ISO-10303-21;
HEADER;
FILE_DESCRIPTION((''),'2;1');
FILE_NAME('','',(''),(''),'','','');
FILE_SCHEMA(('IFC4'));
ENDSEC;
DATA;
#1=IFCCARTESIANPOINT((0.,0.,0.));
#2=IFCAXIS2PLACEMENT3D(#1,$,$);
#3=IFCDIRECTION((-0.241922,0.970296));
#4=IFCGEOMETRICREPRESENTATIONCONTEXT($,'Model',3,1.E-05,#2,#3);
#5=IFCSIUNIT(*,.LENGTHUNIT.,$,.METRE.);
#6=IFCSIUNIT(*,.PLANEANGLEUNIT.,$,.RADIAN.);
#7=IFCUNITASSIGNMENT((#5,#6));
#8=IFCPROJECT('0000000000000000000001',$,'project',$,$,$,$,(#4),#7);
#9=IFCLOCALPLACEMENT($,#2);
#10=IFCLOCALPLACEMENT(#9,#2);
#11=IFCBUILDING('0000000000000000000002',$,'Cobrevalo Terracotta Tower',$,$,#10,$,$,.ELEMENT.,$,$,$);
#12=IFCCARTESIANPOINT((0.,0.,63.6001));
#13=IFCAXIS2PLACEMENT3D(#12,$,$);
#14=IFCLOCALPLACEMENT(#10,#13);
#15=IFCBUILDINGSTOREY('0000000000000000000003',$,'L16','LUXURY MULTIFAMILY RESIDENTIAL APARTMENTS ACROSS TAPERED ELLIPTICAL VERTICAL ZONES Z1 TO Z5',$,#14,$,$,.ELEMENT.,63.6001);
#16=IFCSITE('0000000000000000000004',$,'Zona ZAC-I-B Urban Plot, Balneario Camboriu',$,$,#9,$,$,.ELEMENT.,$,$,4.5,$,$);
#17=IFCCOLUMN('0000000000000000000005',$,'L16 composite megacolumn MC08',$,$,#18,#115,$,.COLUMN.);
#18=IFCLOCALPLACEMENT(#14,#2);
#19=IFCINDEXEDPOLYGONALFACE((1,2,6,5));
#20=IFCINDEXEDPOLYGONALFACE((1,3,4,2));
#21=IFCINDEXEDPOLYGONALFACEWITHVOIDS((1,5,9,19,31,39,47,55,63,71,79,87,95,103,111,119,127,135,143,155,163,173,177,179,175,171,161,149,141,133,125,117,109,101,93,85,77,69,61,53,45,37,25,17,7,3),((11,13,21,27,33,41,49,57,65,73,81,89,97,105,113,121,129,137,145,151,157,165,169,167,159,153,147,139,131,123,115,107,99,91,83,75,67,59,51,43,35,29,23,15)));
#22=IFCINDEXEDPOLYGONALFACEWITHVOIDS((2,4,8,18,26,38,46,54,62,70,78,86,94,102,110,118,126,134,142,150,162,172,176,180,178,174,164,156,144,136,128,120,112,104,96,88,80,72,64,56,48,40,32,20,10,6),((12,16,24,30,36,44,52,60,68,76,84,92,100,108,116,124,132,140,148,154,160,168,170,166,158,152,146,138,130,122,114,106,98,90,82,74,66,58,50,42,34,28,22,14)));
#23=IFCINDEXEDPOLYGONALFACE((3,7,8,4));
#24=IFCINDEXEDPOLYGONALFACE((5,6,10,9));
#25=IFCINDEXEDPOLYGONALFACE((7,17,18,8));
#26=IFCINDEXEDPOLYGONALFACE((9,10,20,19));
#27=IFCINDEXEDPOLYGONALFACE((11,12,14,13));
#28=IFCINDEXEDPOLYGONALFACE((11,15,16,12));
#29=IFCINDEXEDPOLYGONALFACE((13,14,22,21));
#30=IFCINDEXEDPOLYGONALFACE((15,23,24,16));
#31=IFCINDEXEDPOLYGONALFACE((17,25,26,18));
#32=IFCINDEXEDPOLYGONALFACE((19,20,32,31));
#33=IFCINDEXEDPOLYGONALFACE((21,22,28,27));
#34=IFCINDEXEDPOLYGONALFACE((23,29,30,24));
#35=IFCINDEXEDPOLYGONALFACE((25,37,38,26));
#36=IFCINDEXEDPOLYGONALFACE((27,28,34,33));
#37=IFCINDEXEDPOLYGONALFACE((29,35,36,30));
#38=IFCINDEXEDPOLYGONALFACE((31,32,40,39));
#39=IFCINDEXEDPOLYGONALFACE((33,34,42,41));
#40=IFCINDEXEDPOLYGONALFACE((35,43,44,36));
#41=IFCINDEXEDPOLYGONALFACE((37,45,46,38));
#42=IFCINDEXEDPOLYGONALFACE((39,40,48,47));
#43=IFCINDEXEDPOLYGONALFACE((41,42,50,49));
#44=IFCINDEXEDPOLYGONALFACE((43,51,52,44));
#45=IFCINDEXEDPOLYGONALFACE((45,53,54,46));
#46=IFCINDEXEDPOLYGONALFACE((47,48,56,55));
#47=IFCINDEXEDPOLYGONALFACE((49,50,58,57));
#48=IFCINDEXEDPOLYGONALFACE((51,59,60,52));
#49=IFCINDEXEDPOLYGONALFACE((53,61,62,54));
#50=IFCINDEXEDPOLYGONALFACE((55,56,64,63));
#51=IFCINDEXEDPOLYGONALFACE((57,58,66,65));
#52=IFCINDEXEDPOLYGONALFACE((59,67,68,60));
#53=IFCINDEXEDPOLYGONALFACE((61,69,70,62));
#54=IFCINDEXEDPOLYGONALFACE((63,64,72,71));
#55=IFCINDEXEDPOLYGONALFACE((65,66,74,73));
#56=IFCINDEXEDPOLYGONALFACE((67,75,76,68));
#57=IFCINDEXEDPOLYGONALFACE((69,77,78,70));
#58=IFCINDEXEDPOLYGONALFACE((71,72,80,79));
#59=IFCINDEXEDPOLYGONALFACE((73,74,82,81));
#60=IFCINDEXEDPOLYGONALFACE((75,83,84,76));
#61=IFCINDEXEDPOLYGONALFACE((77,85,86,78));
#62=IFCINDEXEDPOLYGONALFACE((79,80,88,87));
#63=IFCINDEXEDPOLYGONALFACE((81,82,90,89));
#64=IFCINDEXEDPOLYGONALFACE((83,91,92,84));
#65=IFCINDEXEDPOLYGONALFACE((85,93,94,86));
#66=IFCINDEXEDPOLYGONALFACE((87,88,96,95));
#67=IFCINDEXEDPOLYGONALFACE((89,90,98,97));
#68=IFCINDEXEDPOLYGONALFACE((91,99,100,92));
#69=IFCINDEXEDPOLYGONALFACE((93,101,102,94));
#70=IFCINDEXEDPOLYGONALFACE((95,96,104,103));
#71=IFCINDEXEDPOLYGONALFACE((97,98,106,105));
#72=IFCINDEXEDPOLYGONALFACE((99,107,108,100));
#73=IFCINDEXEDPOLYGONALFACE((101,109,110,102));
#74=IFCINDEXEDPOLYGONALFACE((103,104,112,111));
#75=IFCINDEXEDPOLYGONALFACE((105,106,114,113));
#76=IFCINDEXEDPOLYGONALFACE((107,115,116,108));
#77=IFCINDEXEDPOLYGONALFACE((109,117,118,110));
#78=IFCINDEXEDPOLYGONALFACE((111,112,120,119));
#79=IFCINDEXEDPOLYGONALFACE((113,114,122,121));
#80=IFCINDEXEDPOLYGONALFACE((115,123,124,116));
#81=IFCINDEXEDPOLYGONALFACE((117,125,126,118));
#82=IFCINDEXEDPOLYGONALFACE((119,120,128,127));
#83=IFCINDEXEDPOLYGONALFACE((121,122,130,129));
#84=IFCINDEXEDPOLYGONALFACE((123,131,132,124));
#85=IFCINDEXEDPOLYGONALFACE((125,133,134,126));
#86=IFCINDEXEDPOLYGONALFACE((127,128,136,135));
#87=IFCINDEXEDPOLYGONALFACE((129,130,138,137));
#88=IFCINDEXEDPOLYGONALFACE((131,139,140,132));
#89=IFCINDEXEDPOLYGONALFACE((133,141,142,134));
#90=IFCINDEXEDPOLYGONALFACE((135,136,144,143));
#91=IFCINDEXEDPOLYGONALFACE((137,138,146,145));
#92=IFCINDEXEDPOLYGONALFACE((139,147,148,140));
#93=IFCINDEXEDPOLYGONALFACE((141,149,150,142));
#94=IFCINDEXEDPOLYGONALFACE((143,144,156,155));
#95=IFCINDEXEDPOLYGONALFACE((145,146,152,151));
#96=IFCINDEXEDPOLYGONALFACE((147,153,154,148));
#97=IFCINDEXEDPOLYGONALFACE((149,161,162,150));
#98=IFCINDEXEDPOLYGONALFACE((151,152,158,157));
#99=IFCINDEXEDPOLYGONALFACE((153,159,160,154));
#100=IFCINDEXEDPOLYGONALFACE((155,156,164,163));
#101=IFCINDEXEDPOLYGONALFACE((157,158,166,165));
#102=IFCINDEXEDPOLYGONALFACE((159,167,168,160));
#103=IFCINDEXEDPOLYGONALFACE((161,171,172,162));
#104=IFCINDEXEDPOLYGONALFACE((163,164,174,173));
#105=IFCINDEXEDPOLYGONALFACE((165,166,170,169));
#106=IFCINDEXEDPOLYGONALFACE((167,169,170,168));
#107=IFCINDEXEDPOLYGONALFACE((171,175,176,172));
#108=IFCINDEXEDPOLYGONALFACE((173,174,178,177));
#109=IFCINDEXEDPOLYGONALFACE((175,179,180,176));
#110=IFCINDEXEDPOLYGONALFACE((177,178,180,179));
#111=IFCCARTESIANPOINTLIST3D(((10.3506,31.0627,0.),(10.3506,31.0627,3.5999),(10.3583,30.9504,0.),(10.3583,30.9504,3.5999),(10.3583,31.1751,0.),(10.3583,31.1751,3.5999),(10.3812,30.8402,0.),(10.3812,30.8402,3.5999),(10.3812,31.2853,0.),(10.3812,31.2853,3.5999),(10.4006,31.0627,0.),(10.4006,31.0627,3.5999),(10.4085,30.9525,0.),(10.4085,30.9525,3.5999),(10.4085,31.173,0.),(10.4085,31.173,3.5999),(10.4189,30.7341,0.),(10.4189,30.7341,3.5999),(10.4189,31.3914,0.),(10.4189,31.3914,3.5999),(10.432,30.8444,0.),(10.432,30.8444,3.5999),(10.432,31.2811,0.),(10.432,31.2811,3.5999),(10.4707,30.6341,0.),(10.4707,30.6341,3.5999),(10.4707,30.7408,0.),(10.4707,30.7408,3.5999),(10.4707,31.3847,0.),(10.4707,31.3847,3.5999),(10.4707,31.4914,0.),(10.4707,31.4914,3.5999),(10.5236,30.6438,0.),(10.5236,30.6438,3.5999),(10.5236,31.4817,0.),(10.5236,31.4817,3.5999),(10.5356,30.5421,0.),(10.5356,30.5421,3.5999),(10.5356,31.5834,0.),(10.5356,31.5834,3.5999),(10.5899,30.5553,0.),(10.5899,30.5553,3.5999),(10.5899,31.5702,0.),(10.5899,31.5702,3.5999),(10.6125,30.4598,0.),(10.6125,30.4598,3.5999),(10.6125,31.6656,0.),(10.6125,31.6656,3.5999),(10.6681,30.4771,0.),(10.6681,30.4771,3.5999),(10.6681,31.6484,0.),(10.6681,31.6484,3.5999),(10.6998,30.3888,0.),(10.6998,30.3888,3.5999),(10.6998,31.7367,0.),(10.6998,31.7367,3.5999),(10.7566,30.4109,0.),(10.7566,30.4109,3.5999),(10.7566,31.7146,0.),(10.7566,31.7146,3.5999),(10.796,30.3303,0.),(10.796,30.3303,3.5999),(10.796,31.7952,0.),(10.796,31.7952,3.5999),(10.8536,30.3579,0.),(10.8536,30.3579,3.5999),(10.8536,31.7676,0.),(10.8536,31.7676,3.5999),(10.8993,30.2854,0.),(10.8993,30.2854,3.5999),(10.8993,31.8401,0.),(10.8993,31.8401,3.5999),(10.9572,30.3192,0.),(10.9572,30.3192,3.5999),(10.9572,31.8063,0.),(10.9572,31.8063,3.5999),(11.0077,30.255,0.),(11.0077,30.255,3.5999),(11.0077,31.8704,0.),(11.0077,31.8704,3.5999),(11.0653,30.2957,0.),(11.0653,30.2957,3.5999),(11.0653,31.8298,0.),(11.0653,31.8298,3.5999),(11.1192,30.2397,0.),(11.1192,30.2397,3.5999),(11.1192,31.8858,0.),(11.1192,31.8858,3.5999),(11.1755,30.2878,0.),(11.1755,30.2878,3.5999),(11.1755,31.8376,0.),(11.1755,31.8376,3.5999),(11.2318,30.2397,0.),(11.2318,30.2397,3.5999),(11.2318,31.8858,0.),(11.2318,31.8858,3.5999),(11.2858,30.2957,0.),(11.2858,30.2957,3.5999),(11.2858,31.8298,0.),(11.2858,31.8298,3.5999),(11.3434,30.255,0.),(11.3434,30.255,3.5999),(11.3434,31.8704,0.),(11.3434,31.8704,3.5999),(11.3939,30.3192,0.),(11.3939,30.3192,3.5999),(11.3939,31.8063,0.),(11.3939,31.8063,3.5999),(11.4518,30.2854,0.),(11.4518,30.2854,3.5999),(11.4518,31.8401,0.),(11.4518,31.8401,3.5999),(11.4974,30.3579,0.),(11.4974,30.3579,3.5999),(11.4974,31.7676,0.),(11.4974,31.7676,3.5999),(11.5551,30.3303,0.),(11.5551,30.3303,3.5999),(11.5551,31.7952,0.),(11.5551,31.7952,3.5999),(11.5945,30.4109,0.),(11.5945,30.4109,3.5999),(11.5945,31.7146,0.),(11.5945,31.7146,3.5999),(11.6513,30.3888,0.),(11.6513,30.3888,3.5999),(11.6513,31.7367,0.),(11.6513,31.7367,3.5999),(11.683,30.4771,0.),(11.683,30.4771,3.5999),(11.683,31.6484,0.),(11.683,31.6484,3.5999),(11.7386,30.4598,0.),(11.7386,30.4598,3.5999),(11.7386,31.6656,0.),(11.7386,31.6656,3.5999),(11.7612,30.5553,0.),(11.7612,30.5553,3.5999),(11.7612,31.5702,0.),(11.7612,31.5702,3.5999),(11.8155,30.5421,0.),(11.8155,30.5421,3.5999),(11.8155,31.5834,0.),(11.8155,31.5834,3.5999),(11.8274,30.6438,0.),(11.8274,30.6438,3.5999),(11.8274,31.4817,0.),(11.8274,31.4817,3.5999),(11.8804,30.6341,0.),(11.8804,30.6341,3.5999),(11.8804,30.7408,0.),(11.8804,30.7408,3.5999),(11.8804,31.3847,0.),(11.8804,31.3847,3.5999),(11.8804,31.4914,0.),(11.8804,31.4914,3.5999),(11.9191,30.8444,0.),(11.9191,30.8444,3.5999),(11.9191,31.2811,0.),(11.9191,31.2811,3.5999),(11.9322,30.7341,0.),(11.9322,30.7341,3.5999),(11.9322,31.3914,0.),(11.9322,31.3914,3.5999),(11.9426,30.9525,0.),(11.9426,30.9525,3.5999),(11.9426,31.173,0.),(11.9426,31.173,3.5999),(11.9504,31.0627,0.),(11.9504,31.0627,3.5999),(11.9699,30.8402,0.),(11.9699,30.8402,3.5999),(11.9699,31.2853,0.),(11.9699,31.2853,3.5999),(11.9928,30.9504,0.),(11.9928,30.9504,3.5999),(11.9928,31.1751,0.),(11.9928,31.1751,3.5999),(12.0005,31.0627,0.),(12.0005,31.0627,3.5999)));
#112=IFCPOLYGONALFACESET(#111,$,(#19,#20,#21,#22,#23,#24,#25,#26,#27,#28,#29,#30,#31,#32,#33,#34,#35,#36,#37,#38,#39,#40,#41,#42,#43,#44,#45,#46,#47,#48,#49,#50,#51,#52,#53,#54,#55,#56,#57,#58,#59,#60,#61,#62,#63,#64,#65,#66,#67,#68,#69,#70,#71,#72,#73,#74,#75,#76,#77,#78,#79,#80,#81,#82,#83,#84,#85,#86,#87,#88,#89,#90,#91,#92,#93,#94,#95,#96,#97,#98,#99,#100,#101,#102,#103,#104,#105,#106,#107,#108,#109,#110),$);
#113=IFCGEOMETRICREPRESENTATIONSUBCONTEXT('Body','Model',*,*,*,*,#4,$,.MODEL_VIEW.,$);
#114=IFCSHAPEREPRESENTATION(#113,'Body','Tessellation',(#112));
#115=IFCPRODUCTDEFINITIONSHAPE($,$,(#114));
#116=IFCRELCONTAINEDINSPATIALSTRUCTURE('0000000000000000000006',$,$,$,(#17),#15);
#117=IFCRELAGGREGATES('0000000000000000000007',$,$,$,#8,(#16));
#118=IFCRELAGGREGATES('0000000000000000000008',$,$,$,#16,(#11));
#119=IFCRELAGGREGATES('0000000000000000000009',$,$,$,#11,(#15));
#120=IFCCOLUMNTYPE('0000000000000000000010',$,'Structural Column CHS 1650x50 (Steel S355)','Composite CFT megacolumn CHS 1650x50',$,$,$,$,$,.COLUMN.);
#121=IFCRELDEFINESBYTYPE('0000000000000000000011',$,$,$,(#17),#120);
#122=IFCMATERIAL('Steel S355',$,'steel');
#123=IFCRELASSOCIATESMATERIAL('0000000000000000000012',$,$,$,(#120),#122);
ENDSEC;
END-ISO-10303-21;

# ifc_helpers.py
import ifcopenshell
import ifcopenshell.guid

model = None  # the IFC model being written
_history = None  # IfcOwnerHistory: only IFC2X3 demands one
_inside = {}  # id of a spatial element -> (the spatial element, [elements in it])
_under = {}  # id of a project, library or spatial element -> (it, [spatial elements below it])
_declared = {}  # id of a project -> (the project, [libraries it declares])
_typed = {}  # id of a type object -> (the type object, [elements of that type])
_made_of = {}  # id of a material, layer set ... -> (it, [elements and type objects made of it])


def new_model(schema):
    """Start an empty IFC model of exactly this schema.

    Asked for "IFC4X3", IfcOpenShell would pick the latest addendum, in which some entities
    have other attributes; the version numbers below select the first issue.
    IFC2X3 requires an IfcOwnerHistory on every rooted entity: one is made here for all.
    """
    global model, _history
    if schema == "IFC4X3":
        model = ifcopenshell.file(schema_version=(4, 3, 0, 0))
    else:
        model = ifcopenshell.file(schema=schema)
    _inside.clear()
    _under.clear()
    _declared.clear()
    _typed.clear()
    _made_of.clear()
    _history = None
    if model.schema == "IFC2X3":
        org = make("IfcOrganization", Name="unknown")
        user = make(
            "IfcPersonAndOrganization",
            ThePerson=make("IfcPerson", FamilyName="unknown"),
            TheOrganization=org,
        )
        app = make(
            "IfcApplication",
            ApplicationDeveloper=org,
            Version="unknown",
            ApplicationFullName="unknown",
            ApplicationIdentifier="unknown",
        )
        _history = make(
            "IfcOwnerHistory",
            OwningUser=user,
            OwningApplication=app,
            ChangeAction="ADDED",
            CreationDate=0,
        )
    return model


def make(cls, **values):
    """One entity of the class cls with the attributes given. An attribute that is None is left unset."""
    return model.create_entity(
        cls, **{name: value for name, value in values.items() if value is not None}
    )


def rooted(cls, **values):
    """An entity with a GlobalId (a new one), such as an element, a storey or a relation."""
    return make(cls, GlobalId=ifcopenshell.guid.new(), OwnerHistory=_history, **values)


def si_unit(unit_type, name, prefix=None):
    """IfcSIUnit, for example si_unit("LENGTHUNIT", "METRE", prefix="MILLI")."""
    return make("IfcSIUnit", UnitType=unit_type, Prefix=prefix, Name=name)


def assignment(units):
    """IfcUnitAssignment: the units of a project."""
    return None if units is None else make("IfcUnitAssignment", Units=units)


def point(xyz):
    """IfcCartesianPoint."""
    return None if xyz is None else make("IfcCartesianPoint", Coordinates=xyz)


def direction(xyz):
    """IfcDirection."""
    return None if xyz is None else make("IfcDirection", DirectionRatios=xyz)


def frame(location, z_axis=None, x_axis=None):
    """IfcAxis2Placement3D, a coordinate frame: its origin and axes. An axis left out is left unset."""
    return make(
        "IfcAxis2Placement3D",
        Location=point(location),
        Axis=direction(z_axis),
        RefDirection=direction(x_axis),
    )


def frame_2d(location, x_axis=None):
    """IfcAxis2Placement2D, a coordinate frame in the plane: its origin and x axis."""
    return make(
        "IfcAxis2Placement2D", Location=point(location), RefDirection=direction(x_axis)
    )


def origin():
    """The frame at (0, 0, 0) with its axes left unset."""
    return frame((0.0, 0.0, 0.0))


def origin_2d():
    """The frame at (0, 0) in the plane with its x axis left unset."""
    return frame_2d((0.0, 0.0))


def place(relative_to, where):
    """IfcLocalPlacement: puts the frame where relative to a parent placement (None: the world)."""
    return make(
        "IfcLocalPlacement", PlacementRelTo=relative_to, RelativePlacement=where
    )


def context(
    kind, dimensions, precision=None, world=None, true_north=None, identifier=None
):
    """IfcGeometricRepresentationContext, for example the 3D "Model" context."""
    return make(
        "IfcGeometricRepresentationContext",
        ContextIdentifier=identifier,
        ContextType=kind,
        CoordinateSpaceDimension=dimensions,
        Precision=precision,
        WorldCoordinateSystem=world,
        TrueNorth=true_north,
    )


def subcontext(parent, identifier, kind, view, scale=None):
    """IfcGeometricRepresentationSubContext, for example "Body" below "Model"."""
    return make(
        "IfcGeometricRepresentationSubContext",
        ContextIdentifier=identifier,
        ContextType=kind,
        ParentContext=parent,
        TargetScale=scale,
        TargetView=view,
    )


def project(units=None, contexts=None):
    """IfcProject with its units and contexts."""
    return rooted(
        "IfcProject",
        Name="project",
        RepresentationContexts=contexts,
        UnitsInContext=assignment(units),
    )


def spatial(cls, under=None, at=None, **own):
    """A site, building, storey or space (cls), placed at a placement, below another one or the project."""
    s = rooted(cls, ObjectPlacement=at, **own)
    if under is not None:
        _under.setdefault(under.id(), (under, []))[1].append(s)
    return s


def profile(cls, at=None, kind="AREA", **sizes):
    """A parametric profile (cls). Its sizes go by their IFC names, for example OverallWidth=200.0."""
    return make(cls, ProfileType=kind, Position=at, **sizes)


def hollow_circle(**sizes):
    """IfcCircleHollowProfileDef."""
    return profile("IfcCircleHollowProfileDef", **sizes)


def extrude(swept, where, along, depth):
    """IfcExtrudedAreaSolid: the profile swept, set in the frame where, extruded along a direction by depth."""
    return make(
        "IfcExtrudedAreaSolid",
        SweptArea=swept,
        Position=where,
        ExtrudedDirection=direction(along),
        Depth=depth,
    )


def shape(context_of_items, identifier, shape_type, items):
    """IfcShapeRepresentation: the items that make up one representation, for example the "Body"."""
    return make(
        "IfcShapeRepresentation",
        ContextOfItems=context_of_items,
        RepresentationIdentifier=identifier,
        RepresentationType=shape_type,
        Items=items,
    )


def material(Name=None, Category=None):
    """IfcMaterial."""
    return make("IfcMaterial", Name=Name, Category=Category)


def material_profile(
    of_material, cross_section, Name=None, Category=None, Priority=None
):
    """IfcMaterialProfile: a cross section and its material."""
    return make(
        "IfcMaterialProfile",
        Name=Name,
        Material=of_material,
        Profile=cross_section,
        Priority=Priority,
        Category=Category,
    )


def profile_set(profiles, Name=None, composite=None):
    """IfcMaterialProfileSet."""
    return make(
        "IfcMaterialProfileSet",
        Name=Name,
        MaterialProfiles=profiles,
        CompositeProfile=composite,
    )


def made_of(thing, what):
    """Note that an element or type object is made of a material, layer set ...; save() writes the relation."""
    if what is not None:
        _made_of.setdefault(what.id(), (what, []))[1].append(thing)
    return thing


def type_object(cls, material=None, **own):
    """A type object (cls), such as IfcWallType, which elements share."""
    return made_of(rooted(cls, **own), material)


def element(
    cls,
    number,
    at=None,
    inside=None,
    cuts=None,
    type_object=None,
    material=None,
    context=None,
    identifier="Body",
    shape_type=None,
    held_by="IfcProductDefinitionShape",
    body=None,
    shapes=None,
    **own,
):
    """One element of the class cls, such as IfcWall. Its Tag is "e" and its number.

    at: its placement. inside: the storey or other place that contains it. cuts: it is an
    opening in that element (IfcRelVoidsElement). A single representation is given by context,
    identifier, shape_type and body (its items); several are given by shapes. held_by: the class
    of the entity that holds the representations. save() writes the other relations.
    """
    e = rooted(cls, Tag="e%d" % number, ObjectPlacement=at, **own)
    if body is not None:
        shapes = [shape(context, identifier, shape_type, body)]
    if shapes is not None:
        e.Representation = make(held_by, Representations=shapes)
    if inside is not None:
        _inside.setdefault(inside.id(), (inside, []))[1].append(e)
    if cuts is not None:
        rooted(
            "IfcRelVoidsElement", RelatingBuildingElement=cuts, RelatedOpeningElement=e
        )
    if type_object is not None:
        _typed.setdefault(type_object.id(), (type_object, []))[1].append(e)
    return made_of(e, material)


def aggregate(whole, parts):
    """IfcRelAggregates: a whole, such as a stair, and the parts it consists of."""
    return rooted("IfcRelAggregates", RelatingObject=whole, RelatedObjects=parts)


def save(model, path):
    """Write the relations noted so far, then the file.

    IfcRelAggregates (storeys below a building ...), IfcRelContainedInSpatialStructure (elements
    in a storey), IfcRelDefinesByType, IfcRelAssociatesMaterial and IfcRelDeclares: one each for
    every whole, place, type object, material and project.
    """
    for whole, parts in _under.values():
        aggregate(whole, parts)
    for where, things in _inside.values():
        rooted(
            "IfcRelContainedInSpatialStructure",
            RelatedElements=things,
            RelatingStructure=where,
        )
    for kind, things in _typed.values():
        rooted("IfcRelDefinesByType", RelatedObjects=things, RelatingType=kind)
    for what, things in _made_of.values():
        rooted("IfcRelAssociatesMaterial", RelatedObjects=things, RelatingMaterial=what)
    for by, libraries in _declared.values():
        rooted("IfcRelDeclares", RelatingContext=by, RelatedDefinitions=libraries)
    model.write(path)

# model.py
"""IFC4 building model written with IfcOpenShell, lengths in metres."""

from ifc_helpers import new_model, si_unit, direction, frame, origin, origin_2d, place, context, subcontext, project, spatial, hollow_circle, extrude, material, material_profile, profile_set, type_object, element, save


model = new_model("IFC4")

# Units and contexts
model_context = context("Model", 3, precision=1e-05, world=origin(), true_north=direction((-0.241922, 0.970296)))
body_context = subcontext(model_context, "Body", "Model", "MODEL_VIEW")
ifc_project = project(units=[si_unit("LENGTHUNIT", "METRE"), si_unit("PLANEANGLEUNIT", "RADIAN")], contexts=[model_context])

# Site, building, storey
site_placement = place(None, origin())
site = spatial("IfcSite", under=ifc_project, at=site_placement, Name="Zona ZAC-I-B Urban Plot, Balneario Camboriu", CompositionType="ELEMENT", RefElevation=4.5)
building_placement = place(site_placement, origin())
building = spatial("IfcBuilding", under=site, at=building_placement, Name="Cobrevalo Terracotta Tower", CompositionType="ELEMENT")
storey_placement = place(building_placement, frame((0.0, 0.0, 63.6001)))
storey = spatial("IfcBuildingStorey", under=building, at=storey_placement, Name="L16", Description="LUXURY MULTIFAMILY RESIDENTIAL APARTMENTS ACROSS TAPERED ELLIPTICAL VERTICAL ZONES Z1 TO Z5", CompositionType="ELEMENT", Elevation=63.6001)

# Column
ifc_material_1 = material(Name="Steel S355", Category="steel")
ifc_material_profile_1 = material_profile(ifc_material_1, hollow_circle(Radius=0.825, WallThickness=0.05, at=origin_2d()), Name="CHS 1650x50")
ifc_profile_set_1 = profile_set([ifc_material_profile_1], Name="Steel S355")
column_type = type_object("IfcColumnType", Name="Structural Column CHS 1650x50 (Steel S355)", Description="Composite CFT megacolumn CHS 1650x50", PredefinedType="COLUMN", material=ifc_profile_set_1)
for number, where, z_axis, x_axis, name in (
    (1, (11.1755, 31.0627, 0.0), (0.0, 0.0, 1.0), (1.0, 0.0, 0.0), "L16 composite megacolumn MC08"),
):
    element("IfcColumn", number, at=place(storey_placement, frame(where, z_axis=z_axis, x_axis=x_axis)), inside=storey, type_object=column_type, Name=name, PredefinedType="COLUMN", context=body_context, shape_type="SweptSolid", body=[
        extrude(hollow_circle(Radius=0.825, WallThickness=0.05, at=origin_2d()), origin(), (0.0, 0.0, 1.0), 3.5999),
    ])

save(model, "model.ifc")
